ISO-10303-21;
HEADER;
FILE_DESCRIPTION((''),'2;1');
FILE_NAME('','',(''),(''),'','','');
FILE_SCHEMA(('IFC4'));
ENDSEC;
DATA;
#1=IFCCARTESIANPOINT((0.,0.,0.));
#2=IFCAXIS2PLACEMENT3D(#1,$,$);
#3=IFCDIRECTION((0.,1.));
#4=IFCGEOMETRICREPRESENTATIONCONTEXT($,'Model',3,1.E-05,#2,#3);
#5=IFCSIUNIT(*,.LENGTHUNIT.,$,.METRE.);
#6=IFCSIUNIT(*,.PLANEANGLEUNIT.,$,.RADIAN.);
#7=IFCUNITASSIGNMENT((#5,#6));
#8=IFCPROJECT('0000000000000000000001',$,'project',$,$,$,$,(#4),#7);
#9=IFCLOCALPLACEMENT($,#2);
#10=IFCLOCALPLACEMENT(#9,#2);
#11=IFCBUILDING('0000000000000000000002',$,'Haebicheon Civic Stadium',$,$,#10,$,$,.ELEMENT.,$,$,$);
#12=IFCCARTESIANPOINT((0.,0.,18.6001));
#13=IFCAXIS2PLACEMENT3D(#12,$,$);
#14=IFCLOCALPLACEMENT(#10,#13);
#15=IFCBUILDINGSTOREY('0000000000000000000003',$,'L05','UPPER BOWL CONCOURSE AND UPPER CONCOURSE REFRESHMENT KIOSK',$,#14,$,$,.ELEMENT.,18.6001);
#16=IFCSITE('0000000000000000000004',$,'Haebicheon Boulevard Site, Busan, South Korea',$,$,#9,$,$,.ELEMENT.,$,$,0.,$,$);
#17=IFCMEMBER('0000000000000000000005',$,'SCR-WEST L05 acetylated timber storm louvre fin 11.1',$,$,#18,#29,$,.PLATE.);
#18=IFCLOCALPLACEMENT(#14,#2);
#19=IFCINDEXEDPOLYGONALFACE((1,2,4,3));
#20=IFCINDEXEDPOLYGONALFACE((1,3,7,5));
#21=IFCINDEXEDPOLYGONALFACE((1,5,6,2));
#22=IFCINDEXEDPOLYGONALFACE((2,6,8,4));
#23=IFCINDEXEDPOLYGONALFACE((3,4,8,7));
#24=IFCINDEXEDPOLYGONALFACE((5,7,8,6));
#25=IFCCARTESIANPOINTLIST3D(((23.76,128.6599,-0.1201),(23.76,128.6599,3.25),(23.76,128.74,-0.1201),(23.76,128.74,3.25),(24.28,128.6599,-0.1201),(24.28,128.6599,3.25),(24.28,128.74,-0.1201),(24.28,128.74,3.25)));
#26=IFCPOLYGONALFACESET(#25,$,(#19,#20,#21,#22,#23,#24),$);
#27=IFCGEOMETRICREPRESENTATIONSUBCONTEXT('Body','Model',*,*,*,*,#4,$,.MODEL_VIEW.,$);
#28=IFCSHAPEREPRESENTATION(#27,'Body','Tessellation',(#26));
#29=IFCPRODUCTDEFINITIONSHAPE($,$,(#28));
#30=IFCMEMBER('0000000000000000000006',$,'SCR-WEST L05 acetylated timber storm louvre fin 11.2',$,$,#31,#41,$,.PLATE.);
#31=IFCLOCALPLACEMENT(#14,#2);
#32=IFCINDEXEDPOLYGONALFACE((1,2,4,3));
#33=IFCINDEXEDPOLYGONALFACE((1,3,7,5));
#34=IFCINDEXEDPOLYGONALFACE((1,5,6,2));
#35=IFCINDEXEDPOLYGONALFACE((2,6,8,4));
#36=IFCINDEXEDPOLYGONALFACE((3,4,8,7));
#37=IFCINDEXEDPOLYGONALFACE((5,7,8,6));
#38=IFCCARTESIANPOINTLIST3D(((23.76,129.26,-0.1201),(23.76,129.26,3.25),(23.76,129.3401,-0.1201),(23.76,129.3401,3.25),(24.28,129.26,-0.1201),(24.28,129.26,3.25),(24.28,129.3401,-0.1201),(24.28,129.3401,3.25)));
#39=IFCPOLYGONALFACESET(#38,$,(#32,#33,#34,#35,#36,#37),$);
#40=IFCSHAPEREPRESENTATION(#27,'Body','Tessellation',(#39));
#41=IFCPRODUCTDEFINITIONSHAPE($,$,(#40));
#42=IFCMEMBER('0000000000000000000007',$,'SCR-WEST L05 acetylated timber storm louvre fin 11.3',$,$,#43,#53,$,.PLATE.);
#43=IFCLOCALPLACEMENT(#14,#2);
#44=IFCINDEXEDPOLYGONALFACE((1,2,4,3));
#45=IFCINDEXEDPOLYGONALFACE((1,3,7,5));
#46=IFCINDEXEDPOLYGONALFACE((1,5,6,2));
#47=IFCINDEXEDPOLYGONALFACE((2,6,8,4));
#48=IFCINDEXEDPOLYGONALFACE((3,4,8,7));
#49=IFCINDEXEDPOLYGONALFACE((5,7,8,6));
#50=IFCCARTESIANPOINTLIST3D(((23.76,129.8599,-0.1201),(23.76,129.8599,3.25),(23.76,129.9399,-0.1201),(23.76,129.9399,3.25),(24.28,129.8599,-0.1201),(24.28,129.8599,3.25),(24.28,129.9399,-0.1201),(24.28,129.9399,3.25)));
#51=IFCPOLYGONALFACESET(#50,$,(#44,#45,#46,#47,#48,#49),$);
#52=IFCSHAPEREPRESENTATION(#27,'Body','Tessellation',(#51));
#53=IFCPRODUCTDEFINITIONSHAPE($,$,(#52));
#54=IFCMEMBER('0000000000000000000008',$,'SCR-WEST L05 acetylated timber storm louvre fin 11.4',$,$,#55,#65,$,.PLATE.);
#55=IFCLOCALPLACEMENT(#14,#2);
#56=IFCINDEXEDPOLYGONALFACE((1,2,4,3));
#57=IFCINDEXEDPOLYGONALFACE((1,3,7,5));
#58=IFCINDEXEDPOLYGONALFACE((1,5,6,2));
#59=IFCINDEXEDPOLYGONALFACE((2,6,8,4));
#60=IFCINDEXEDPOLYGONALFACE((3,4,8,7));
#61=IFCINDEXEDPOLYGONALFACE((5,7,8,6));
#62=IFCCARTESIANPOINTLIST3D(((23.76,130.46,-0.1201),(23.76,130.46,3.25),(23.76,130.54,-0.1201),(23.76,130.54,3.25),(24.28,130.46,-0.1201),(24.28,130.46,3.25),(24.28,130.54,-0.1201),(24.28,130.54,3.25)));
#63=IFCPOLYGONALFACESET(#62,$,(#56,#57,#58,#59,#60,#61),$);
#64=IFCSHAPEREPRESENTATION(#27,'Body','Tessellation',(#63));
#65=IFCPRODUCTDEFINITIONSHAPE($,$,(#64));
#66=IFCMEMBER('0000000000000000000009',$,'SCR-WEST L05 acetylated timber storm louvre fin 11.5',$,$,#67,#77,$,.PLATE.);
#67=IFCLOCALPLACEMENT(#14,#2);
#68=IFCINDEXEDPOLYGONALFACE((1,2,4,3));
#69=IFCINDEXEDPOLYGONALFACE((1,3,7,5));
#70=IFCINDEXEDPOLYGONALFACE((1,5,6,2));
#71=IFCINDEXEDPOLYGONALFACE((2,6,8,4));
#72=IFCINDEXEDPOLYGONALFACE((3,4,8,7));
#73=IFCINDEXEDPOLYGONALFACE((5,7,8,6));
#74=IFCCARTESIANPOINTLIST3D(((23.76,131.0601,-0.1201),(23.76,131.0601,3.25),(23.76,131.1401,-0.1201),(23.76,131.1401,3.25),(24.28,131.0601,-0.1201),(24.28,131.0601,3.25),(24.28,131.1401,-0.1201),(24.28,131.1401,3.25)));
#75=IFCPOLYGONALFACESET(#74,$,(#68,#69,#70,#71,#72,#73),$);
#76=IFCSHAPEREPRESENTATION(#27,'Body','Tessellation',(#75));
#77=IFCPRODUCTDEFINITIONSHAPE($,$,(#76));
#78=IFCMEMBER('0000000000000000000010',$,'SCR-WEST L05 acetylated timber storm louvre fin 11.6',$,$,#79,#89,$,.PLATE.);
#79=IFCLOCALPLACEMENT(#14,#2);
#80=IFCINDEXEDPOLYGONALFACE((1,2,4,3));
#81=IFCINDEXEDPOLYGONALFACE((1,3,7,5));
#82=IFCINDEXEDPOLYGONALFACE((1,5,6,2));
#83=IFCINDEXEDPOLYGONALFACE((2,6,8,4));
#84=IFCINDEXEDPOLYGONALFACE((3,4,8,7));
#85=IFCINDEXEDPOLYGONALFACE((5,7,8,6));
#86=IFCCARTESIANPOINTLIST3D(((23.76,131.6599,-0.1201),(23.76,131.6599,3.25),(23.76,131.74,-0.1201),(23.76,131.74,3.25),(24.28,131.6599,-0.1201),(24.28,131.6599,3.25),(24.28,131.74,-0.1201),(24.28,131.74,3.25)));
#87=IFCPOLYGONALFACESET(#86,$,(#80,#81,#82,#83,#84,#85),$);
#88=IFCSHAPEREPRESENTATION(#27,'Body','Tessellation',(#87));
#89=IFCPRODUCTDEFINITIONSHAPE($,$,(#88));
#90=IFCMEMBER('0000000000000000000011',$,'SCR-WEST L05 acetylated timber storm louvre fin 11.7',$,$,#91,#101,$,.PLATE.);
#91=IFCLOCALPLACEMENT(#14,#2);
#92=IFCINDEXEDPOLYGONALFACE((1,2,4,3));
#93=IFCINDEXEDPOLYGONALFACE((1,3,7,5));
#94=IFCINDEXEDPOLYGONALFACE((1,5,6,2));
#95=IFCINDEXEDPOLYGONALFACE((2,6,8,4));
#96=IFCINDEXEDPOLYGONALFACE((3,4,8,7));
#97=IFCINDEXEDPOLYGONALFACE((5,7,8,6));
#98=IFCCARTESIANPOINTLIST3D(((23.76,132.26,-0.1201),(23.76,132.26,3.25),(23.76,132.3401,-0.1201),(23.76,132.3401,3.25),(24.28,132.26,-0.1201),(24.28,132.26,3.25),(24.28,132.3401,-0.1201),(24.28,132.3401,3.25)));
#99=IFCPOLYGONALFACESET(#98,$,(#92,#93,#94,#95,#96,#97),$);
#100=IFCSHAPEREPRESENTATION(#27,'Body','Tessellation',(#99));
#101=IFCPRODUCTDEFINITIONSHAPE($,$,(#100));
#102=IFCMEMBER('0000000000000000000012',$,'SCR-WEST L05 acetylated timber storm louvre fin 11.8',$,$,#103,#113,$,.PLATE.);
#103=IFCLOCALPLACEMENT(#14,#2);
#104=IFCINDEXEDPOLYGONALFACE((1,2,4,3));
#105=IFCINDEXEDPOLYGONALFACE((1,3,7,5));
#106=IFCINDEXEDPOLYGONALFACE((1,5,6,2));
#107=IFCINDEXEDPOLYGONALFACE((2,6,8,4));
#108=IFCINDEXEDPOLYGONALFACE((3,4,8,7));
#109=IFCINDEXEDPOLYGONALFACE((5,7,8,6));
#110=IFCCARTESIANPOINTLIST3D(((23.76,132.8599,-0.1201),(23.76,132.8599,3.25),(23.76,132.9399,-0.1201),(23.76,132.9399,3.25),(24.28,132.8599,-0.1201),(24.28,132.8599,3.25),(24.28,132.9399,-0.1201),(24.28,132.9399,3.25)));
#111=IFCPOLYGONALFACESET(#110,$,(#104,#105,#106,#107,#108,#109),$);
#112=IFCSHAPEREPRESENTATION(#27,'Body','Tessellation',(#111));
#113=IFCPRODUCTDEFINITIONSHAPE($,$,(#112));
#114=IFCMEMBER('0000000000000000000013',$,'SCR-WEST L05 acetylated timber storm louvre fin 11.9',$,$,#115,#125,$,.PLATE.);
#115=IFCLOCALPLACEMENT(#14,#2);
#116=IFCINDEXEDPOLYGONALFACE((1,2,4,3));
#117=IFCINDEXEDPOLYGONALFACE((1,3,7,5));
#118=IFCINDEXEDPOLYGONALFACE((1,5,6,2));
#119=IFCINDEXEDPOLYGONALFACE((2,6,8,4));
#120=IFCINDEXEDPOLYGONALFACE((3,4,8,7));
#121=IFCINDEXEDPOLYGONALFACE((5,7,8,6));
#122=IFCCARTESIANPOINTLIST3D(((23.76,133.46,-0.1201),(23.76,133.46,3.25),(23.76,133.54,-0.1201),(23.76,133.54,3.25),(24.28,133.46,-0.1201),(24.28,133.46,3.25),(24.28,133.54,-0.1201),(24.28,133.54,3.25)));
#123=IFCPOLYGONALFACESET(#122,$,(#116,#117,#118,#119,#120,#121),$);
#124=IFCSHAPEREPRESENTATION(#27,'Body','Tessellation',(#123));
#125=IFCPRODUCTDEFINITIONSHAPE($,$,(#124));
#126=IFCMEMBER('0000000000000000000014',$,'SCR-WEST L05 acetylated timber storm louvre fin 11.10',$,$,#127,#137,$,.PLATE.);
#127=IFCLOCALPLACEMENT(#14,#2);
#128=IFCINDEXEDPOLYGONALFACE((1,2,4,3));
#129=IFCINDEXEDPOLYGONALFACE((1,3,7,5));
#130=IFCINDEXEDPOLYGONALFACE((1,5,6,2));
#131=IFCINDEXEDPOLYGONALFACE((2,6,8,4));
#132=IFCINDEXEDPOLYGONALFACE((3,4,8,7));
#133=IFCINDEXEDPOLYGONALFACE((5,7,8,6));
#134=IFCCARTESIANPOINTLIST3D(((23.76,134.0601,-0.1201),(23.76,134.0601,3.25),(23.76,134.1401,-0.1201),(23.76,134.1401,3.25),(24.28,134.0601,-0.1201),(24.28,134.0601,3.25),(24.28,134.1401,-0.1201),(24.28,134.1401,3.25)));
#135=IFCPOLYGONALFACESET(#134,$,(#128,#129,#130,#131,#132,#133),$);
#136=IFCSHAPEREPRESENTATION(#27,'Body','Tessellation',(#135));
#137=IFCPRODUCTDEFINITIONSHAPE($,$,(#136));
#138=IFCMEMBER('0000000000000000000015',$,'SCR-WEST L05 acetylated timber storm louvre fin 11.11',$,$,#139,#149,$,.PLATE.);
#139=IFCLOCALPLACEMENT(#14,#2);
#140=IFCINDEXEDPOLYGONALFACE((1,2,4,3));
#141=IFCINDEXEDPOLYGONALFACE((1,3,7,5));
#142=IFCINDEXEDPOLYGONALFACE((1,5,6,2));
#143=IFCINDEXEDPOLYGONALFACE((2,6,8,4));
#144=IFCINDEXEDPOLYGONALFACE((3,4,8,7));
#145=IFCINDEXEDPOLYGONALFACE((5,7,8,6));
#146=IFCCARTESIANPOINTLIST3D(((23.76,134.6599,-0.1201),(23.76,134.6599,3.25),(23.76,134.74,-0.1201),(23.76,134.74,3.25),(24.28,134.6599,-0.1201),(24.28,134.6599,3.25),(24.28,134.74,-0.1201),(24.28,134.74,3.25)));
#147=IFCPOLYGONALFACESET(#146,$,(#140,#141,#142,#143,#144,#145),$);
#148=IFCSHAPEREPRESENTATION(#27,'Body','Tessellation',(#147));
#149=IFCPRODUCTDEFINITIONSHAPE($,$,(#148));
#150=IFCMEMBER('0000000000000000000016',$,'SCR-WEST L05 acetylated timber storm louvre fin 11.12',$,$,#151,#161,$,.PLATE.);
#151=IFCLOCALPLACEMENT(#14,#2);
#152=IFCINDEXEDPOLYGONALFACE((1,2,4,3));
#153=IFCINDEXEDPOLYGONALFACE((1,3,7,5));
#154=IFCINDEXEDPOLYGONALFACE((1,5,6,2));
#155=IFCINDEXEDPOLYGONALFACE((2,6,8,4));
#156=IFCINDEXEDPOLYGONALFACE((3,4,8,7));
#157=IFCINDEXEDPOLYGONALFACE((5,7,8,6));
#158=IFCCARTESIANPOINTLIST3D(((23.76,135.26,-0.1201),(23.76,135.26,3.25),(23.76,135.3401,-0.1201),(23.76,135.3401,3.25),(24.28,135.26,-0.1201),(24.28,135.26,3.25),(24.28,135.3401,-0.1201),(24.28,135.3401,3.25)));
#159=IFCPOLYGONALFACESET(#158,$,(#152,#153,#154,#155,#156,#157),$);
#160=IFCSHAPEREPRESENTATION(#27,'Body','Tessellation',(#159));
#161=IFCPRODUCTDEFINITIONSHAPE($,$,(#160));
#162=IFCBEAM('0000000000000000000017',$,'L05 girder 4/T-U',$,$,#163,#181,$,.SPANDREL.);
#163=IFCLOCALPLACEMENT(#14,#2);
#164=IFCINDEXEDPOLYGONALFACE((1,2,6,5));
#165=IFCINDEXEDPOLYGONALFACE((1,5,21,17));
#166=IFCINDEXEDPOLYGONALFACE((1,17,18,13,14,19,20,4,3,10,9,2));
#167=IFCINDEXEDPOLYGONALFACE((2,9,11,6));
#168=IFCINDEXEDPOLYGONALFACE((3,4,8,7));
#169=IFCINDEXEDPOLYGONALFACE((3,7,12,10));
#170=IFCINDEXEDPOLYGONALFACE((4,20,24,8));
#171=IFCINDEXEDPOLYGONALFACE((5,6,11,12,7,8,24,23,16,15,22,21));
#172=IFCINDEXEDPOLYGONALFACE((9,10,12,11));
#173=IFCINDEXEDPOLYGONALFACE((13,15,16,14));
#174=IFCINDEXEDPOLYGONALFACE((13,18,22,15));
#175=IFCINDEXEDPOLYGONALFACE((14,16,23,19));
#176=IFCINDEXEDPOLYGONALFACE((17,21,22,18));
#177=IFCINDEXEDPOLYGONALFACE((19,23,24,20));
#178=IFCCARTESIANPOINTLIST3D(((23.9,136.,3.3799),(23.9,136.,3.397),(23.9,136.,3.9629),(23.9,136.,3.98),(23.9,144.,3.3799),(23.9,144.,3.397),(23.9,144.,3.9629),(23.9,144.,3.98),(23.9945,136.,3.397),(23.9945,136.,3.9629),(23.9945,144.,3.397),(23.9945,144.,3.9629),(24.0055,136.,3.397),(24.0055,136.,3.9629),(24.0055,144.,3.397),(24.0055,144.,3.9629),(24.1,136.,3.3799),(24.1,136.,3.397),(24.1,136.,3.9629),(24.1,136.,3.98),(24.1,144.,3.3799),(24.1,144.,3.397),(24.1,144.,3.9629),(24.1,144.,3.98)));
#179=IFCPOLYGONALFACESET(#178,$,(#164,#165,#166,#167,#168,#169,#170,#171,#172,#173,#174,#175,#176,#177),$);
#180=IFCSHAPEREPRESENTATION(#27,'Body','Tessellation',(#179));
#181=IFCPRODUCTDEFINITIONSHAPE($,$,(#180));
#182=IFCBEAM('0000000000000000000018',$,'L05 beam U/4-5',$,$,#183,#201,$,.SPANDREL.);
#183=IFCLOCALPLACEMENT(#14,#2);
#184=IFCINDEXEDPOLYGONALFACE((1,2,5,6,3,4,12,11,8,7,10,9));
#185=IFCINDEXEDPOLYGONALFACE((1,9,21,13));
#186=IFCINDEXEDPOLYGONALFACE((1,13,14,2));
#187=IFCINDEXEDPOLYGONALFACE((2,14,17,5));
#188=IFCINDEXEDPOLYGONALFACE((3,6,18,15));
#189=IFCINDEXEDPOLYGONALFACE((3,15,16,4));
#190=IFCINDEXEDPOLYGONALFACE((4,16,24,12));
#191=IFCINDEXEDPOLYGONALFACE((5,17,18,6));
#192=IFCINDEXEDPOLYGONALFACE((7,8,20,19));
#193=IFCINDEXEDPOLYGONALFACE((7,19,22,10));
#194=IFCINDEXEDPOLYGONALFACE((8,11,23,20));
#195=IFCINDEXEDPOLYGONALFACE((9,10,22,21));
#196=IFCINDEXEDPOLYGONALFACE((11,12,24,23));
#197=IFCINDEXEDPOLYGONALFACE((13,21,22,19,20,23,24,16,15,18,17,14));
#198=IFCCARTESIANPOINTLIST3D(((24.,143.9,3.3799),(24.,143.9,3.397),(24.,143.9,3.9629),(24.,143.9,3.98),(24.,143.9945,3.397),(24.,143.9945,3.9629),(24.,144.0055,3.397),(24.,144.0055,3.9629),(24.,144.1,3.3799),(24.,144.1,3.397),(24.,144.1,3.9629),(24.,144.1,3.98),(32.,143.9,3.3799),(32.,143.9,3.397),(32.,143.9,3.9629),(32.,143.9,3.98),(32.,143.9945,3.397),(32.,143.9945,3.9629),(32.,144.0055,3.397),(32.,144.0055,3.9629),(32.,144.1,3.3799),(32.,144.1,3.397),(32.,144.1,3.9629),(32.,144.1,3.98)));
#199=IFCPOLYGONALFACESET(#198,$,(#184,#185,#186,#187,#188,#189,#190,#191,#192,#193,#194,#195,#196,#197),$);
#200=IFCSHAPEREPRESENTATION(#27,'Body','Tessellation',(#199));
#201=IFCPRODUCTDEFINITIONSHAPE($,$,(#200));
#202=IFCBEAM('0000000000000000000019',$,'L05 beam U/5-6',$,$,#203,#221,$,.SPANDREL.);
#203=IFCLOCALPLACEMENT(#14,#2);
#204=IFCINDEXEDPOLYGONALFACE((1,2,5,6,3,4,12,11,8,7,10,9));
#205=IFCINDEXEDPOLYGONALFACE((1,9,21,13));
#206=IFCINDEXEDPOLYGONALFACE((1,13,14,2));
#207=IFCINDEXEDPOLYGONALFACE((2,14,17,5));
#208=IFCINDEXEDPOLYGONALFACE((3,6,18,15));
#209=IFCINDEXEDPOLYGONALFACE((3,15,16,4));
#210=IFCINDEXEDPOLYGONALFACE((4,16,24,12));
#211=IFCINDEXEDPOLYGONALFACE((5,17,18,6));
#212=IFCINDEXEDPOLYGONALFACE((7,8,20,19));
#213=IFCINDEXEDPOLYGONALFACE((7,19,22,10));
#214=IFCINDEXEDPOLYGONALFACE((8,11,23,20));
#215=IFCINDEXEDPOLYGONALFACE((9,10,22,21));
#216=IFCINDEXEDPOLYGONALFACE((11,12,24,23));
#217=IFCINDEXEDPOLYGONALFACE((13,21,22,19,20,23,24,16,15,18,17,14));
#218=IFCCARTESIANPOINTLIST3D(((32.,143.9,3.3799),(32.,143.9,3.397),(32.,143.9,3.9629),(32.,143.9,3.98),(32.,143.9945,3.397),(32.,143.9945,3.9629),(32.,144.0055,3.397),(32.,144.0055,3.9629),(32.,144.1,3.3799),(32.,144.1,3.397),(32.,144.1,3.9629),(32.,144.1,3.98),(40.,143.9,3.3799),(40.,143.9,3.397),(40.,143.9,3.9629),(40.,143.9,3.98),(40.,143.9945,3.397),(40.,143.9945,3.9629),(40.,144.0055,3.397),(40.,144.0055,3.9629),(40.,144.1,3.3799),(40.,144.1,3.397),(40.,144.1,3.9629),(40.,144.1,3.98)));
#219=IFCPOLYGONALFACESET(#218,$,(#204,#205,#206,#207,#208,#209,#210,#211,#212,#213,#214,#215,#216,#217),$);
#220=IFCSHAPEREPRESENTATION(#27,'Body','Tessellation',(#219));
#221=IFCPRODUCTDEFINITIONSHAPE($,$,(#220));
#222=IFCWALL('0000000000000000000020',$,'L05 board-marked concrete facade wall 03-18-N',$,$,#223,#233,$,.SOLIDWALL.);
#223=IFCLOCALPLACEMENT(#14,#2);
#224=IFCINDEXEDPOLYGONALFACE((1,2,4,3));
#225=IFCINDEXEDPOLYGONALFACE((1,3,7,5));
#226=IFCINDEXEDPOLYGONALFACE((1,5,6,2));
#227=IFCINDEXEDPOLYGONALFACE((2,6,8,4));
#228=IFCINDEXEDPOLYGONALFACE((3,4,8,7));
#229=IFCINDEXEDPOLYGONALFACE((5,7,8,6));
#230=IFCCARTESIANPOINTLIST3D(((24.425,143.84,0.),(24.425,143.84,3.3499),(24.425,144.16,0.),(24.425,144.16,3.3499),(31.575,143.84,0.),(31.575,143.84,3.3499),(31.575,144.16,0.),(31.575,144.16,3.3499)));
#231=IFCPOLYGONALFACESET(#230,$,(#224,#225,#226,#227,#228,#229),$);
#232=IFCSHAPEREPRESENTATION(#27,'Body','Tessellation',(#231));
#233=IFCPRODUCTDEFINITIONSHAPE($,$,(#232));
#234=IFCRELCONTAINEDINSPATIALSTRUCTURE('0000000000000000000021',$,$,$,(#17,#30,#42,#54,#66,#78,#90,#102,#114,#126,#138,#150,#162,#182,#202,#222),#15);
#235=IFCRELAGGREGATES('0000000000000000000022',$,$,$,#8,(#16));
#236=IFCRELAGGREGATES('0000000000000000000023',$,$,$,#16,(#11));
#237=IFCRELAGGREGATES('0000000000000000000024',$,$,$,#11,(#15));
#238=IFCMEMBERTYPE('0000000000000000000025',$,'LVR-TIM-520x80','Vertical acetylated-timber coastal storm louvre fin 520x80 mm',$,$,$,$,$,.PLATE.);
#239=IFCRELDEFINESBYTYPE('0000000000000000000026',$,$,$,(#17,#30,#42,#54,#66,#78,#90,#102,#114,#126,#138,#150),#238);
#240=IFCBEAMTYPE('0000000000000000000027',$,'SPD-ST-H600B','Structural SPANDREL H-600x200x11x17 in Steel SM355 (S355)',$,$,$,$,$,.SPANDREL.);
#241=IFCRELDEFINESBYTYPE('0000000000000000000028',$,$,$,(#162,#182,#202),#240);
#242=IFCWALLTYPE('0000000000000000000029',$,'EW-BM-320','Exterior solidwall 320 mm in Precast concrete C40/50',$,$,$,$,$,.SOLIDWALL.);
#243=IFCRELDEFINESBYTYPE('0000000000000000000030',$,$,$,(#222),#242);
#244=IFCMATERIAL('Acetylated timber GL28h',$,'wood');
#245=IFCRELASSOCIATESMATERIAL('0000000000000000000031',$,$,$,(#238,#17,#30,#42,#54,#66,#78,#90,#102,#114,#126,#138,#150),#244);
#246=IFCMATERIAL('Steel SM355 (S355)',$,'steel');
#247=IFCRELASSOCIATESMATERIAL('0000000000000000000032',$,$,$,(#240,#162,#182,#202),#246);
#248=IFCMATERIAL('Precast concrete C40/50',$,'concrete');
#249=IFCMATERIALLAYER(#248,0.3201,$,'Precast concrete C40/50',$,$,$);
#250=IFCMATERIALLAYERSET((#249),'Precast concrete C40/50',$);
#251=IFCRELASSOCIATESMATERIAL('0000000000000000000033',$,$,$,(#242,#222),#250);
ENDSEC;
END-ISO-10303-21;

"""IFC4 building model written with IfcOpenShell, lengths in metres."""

from ifc_helpers import new_model, si_unit, direction, frame, frame_2d, origin, origin_2d, place, context, subcontext, project, spatial, rectangle, i_section, extrude, material, layer, layer_set, material_profile, profile_set, type_object, element, save


model = new_model("IFC4")

# Units and contexts
model_context = context("Model", 3, precision=1e-05, world=origin(), true_north=direction((0.0, 1.0)))
body_context = subcontext(model_context, "Body", "Model", "MODEL_VIEW")
ifc_project = project(units=[si_unit("LENGTHUNIT", "METRE"), si_unit("PLANEANGLEUNIT", "RADIAN")], contexts=[model_context])

# Site, building, storey
site_placement = place(None, origin())
site = spatial("IfcSite", under=ifc_project, at=site_placement, Name="Haebicheon Boulevard Site, Busan, South Korea", CompositionType="ELEMENT", RefElevation=0.0)
building_placement = place(site_placement, origin())
building = spatial("IfcBuilding", under=site, at=building_placement, Name="Haebicheon Civic Stadium", CompositionType="ELEMENT")
storey_placement = place(building_placement, frame((0.0, 0.0, 18.6001)))
storey = spatial("IfcBuildingStorey", under=building, at=storey_placement, Name="L05", Description="UPPER BOWL CONCOURSE AND UPPER CONCOURSE REFRESHMENT KIOSK", CompositionType="ELEMENT", Elevation=18.6001)

# Members
ifc_material_1 = material(Name="Acetylated timber GL28h", Category="wood")
ifc_material_profile_1 = material_profile(ifc_material_1, rectangle(XDim=0.0801, YDim=0.52, at=origin_2d()), Name="TMB-LOUV-80x520")
ifc_profile_set_1 = profile_set([ifc_material_profile_1], Name="Acetylated timber GL28h")
member_type = type_object("IfcMemberType", Name="LVR-TIM-520x80", Description="Vertical acetylated-timber coastal storm louvre fin 520x80 mm", PredefinedType="PLATE", material=ifc_profile_set_1)
for number, where, z_axis, x_axis, name in (
    (1, (24.02, 128.7, -0.1201), (0.0, 0.0, 1.0), (0.0, 1.0, 0.0), "SCR-WEST L05 acetylated timber storm louvre fin 11.1"),
    (2, (24.02, 129.3, -0.1201), (0.0, 0.0, 1.0), (0.0, 1.0, 0.0), "SCR-WEST L05 acetylated timber storm louvre fin 11.2"),
    (3, (24.02, 129.8999, -0.1201), (0.0, 0.0, 1.0), (0.0, 1.0, 0.0), "SCR-WEST L05 acetylated timber storm louvre fin 11.3"),
    (4, (24.02, 130.5, -0.1201), (0.0, 0.0, 1.0), (0.0, 1.0, 0.0), "SCR-WEST L05 acetylated timber storm louvre fin 11.4"),
    (5, (24.02, 131.1001, -0.1201), (0.0, 0.0, 1.0), (0.0, 1.0, 0.0), "SCR-WEST L05 acetylated timber storm louvre fin 11.5"),
    (6, (24.02, 131.7, -0.1201), (0.0, 0.0, 1.0), (0.0, 1.0, 0.0), "SCR-WEST L05 acetylated timber storm louvre fin 11.6"),
    (7, (24.02, 132.3, -0.1201), (0.0, 0.0, 1.0), (0.0, 1.0, 0.0), "SCR-WEST L05 acetylated timber storm louvre fin 11.7"),
    (8, (24.02, 132.8999, -0.1201), (0.0, 0.0, 1.0), (0.0, 1.0, 0.0), "SCR-WEST L05 acetylated timber storm louvre fin 11.8"),
    (9, (24.02, 133.5, -0.1201), (0.0, 0.0, 1.0), (0.0, 1.0, 0.0), "SCR-WEST L05 acetylated timber storm louvre fin 11.9"),
    (10, (24.02, 134.1001, -0.1201), (0.0, 0.0, 1.0), (0.0, 1.0, 0.0), "SCR-WEST L05 acetylated timber storm louvre fin 11.10"),
    (11, (24.02, 134.7, -0.1201), (0.0, 0.0, 1.0), (0.0, 1.0, 0.0), "SCR-WEST L05 acetylated timber storm louvre fin 11.11"),
    (12, (24.02, 135.3, -0.1201), (0.0, 0.0, 1.0), (0.0, 1.0, 0.0), "SCR-WEST L05 acetylated timber storm louvre fin 11.12"),
):
    element("IfcMember", number, at=place(storey_placement, frame(where, z_axis=z_axis, x_axis=x_axis)), inside=storey, type_object=member_type, material=ifc_profile_set_1, Name=name, PredefinedType="PLATE", context=body_context, shape_type="SweptSolid", body=[
        extrude(rectangle(XDim=0.0801, YDim=0.52, at=origin_2d()), origin(), (0.0, 0.0, 1.0), 3.3701),
    ])

# Beams
ifc_material_2 = material(Name="Steel SM355 (S355)", Category="steel")
ifc_material_profile_2 = material_profile(ifc_material_2, i_section(OverallWidth=0.2, OverallDepth=0.6001, WebThickness=0.011, FlangeThickness=0.0171, at=origin_2d()), Name="H-600x200x11x17")
ifc_profile_set_2 = profile_set([ifc_material_profile_2], Name="Steel SM355 (S355)")
beam_type_1 = type_object("IfcBeamType", Name="SPD-ST-H600B", Description="Structural SPANDREL H-600x200x11x17 in Steel SM355 (S355)", PredefinedType="SPANDREL", material=ifc_profile_set_2)
for number, where, z_axis, x_axis, name in (
    (13, (24.0, 136.0, 3.6799), (0.0, 1.0, 0.0), (-1.0, 0.0, 0.0), "L05 girder 4/T-U"),
    (14, (24.0, 144.0, 3.6799), (1.0, 0.0, 0.0), (0.0, 1.0, 0.0), "L05 beam U/4-5"),
    (15, (32.0, 144.0, 3.6799), (1.0, 0.0, 0.0), (0.0, 1.0, 0.0), "L05 beam U/5-6"),
):
    element("IfcBeam", number, at=place(storey_placement, frame(where, z_axis=z_axis, x_axis=x_axis)), inside=storey, type_object=beam_type_1, material=ifc_profile_set_2, Name=name, PredefinedType="SPANDREL", context=body_context, shape_type="SweptSolid", body=[
        extrude(i_section(OverallWidth=0.2, OverallDepth=0.6001, WebThickness=0.011, FlangeThickness=0.0171, at=origin_2d()), origin(), (0.0, 0.0, 1.0), 8.0),
    ])

# Wall
ifc_material_3 = material(Name="Precast concrete C40/50", Category="concrete")
ifc_layer_1 = layer(ifc_material_3, 0.3201, Name="Precast concrete C40/50")
ifc_layer_set_1 = layer_set([ifc_layer_1], Name="Precast concrete C40/50")
wall_type = type_object("IfcWallType", Name="EW-BM-320", Description="Exterior solidwall 320 mm in Precast concrete C40/50", PredefinedType="SOLIDWALL", material=ifc_layer_set_1)
wall_1_placement = place(storey_placement, frame((24.425, 144.0, 0.0), z_axis=(0.0, 0.0, 1.0), x_axis=(1.0, 0.0, 0.0)))
element("IfcWall", 16, at=wall_1_placement, inside=storey, type_object=wall_type, material=ifc_layer_set_1, Name="L05 board-marked concrete facade wall 03-18-N", PredefinedType="SOLIDWALL", context=body_context, shape_type="SweptSolid", body=[
    extrude(rectangle(XDim=7.1499, YDim=0.3201, at=frame_2d((3.575, 0.0))), origin(), (0.0, 0.0, 1.0), 3.3499),
])

save(model, "model.ifc")
